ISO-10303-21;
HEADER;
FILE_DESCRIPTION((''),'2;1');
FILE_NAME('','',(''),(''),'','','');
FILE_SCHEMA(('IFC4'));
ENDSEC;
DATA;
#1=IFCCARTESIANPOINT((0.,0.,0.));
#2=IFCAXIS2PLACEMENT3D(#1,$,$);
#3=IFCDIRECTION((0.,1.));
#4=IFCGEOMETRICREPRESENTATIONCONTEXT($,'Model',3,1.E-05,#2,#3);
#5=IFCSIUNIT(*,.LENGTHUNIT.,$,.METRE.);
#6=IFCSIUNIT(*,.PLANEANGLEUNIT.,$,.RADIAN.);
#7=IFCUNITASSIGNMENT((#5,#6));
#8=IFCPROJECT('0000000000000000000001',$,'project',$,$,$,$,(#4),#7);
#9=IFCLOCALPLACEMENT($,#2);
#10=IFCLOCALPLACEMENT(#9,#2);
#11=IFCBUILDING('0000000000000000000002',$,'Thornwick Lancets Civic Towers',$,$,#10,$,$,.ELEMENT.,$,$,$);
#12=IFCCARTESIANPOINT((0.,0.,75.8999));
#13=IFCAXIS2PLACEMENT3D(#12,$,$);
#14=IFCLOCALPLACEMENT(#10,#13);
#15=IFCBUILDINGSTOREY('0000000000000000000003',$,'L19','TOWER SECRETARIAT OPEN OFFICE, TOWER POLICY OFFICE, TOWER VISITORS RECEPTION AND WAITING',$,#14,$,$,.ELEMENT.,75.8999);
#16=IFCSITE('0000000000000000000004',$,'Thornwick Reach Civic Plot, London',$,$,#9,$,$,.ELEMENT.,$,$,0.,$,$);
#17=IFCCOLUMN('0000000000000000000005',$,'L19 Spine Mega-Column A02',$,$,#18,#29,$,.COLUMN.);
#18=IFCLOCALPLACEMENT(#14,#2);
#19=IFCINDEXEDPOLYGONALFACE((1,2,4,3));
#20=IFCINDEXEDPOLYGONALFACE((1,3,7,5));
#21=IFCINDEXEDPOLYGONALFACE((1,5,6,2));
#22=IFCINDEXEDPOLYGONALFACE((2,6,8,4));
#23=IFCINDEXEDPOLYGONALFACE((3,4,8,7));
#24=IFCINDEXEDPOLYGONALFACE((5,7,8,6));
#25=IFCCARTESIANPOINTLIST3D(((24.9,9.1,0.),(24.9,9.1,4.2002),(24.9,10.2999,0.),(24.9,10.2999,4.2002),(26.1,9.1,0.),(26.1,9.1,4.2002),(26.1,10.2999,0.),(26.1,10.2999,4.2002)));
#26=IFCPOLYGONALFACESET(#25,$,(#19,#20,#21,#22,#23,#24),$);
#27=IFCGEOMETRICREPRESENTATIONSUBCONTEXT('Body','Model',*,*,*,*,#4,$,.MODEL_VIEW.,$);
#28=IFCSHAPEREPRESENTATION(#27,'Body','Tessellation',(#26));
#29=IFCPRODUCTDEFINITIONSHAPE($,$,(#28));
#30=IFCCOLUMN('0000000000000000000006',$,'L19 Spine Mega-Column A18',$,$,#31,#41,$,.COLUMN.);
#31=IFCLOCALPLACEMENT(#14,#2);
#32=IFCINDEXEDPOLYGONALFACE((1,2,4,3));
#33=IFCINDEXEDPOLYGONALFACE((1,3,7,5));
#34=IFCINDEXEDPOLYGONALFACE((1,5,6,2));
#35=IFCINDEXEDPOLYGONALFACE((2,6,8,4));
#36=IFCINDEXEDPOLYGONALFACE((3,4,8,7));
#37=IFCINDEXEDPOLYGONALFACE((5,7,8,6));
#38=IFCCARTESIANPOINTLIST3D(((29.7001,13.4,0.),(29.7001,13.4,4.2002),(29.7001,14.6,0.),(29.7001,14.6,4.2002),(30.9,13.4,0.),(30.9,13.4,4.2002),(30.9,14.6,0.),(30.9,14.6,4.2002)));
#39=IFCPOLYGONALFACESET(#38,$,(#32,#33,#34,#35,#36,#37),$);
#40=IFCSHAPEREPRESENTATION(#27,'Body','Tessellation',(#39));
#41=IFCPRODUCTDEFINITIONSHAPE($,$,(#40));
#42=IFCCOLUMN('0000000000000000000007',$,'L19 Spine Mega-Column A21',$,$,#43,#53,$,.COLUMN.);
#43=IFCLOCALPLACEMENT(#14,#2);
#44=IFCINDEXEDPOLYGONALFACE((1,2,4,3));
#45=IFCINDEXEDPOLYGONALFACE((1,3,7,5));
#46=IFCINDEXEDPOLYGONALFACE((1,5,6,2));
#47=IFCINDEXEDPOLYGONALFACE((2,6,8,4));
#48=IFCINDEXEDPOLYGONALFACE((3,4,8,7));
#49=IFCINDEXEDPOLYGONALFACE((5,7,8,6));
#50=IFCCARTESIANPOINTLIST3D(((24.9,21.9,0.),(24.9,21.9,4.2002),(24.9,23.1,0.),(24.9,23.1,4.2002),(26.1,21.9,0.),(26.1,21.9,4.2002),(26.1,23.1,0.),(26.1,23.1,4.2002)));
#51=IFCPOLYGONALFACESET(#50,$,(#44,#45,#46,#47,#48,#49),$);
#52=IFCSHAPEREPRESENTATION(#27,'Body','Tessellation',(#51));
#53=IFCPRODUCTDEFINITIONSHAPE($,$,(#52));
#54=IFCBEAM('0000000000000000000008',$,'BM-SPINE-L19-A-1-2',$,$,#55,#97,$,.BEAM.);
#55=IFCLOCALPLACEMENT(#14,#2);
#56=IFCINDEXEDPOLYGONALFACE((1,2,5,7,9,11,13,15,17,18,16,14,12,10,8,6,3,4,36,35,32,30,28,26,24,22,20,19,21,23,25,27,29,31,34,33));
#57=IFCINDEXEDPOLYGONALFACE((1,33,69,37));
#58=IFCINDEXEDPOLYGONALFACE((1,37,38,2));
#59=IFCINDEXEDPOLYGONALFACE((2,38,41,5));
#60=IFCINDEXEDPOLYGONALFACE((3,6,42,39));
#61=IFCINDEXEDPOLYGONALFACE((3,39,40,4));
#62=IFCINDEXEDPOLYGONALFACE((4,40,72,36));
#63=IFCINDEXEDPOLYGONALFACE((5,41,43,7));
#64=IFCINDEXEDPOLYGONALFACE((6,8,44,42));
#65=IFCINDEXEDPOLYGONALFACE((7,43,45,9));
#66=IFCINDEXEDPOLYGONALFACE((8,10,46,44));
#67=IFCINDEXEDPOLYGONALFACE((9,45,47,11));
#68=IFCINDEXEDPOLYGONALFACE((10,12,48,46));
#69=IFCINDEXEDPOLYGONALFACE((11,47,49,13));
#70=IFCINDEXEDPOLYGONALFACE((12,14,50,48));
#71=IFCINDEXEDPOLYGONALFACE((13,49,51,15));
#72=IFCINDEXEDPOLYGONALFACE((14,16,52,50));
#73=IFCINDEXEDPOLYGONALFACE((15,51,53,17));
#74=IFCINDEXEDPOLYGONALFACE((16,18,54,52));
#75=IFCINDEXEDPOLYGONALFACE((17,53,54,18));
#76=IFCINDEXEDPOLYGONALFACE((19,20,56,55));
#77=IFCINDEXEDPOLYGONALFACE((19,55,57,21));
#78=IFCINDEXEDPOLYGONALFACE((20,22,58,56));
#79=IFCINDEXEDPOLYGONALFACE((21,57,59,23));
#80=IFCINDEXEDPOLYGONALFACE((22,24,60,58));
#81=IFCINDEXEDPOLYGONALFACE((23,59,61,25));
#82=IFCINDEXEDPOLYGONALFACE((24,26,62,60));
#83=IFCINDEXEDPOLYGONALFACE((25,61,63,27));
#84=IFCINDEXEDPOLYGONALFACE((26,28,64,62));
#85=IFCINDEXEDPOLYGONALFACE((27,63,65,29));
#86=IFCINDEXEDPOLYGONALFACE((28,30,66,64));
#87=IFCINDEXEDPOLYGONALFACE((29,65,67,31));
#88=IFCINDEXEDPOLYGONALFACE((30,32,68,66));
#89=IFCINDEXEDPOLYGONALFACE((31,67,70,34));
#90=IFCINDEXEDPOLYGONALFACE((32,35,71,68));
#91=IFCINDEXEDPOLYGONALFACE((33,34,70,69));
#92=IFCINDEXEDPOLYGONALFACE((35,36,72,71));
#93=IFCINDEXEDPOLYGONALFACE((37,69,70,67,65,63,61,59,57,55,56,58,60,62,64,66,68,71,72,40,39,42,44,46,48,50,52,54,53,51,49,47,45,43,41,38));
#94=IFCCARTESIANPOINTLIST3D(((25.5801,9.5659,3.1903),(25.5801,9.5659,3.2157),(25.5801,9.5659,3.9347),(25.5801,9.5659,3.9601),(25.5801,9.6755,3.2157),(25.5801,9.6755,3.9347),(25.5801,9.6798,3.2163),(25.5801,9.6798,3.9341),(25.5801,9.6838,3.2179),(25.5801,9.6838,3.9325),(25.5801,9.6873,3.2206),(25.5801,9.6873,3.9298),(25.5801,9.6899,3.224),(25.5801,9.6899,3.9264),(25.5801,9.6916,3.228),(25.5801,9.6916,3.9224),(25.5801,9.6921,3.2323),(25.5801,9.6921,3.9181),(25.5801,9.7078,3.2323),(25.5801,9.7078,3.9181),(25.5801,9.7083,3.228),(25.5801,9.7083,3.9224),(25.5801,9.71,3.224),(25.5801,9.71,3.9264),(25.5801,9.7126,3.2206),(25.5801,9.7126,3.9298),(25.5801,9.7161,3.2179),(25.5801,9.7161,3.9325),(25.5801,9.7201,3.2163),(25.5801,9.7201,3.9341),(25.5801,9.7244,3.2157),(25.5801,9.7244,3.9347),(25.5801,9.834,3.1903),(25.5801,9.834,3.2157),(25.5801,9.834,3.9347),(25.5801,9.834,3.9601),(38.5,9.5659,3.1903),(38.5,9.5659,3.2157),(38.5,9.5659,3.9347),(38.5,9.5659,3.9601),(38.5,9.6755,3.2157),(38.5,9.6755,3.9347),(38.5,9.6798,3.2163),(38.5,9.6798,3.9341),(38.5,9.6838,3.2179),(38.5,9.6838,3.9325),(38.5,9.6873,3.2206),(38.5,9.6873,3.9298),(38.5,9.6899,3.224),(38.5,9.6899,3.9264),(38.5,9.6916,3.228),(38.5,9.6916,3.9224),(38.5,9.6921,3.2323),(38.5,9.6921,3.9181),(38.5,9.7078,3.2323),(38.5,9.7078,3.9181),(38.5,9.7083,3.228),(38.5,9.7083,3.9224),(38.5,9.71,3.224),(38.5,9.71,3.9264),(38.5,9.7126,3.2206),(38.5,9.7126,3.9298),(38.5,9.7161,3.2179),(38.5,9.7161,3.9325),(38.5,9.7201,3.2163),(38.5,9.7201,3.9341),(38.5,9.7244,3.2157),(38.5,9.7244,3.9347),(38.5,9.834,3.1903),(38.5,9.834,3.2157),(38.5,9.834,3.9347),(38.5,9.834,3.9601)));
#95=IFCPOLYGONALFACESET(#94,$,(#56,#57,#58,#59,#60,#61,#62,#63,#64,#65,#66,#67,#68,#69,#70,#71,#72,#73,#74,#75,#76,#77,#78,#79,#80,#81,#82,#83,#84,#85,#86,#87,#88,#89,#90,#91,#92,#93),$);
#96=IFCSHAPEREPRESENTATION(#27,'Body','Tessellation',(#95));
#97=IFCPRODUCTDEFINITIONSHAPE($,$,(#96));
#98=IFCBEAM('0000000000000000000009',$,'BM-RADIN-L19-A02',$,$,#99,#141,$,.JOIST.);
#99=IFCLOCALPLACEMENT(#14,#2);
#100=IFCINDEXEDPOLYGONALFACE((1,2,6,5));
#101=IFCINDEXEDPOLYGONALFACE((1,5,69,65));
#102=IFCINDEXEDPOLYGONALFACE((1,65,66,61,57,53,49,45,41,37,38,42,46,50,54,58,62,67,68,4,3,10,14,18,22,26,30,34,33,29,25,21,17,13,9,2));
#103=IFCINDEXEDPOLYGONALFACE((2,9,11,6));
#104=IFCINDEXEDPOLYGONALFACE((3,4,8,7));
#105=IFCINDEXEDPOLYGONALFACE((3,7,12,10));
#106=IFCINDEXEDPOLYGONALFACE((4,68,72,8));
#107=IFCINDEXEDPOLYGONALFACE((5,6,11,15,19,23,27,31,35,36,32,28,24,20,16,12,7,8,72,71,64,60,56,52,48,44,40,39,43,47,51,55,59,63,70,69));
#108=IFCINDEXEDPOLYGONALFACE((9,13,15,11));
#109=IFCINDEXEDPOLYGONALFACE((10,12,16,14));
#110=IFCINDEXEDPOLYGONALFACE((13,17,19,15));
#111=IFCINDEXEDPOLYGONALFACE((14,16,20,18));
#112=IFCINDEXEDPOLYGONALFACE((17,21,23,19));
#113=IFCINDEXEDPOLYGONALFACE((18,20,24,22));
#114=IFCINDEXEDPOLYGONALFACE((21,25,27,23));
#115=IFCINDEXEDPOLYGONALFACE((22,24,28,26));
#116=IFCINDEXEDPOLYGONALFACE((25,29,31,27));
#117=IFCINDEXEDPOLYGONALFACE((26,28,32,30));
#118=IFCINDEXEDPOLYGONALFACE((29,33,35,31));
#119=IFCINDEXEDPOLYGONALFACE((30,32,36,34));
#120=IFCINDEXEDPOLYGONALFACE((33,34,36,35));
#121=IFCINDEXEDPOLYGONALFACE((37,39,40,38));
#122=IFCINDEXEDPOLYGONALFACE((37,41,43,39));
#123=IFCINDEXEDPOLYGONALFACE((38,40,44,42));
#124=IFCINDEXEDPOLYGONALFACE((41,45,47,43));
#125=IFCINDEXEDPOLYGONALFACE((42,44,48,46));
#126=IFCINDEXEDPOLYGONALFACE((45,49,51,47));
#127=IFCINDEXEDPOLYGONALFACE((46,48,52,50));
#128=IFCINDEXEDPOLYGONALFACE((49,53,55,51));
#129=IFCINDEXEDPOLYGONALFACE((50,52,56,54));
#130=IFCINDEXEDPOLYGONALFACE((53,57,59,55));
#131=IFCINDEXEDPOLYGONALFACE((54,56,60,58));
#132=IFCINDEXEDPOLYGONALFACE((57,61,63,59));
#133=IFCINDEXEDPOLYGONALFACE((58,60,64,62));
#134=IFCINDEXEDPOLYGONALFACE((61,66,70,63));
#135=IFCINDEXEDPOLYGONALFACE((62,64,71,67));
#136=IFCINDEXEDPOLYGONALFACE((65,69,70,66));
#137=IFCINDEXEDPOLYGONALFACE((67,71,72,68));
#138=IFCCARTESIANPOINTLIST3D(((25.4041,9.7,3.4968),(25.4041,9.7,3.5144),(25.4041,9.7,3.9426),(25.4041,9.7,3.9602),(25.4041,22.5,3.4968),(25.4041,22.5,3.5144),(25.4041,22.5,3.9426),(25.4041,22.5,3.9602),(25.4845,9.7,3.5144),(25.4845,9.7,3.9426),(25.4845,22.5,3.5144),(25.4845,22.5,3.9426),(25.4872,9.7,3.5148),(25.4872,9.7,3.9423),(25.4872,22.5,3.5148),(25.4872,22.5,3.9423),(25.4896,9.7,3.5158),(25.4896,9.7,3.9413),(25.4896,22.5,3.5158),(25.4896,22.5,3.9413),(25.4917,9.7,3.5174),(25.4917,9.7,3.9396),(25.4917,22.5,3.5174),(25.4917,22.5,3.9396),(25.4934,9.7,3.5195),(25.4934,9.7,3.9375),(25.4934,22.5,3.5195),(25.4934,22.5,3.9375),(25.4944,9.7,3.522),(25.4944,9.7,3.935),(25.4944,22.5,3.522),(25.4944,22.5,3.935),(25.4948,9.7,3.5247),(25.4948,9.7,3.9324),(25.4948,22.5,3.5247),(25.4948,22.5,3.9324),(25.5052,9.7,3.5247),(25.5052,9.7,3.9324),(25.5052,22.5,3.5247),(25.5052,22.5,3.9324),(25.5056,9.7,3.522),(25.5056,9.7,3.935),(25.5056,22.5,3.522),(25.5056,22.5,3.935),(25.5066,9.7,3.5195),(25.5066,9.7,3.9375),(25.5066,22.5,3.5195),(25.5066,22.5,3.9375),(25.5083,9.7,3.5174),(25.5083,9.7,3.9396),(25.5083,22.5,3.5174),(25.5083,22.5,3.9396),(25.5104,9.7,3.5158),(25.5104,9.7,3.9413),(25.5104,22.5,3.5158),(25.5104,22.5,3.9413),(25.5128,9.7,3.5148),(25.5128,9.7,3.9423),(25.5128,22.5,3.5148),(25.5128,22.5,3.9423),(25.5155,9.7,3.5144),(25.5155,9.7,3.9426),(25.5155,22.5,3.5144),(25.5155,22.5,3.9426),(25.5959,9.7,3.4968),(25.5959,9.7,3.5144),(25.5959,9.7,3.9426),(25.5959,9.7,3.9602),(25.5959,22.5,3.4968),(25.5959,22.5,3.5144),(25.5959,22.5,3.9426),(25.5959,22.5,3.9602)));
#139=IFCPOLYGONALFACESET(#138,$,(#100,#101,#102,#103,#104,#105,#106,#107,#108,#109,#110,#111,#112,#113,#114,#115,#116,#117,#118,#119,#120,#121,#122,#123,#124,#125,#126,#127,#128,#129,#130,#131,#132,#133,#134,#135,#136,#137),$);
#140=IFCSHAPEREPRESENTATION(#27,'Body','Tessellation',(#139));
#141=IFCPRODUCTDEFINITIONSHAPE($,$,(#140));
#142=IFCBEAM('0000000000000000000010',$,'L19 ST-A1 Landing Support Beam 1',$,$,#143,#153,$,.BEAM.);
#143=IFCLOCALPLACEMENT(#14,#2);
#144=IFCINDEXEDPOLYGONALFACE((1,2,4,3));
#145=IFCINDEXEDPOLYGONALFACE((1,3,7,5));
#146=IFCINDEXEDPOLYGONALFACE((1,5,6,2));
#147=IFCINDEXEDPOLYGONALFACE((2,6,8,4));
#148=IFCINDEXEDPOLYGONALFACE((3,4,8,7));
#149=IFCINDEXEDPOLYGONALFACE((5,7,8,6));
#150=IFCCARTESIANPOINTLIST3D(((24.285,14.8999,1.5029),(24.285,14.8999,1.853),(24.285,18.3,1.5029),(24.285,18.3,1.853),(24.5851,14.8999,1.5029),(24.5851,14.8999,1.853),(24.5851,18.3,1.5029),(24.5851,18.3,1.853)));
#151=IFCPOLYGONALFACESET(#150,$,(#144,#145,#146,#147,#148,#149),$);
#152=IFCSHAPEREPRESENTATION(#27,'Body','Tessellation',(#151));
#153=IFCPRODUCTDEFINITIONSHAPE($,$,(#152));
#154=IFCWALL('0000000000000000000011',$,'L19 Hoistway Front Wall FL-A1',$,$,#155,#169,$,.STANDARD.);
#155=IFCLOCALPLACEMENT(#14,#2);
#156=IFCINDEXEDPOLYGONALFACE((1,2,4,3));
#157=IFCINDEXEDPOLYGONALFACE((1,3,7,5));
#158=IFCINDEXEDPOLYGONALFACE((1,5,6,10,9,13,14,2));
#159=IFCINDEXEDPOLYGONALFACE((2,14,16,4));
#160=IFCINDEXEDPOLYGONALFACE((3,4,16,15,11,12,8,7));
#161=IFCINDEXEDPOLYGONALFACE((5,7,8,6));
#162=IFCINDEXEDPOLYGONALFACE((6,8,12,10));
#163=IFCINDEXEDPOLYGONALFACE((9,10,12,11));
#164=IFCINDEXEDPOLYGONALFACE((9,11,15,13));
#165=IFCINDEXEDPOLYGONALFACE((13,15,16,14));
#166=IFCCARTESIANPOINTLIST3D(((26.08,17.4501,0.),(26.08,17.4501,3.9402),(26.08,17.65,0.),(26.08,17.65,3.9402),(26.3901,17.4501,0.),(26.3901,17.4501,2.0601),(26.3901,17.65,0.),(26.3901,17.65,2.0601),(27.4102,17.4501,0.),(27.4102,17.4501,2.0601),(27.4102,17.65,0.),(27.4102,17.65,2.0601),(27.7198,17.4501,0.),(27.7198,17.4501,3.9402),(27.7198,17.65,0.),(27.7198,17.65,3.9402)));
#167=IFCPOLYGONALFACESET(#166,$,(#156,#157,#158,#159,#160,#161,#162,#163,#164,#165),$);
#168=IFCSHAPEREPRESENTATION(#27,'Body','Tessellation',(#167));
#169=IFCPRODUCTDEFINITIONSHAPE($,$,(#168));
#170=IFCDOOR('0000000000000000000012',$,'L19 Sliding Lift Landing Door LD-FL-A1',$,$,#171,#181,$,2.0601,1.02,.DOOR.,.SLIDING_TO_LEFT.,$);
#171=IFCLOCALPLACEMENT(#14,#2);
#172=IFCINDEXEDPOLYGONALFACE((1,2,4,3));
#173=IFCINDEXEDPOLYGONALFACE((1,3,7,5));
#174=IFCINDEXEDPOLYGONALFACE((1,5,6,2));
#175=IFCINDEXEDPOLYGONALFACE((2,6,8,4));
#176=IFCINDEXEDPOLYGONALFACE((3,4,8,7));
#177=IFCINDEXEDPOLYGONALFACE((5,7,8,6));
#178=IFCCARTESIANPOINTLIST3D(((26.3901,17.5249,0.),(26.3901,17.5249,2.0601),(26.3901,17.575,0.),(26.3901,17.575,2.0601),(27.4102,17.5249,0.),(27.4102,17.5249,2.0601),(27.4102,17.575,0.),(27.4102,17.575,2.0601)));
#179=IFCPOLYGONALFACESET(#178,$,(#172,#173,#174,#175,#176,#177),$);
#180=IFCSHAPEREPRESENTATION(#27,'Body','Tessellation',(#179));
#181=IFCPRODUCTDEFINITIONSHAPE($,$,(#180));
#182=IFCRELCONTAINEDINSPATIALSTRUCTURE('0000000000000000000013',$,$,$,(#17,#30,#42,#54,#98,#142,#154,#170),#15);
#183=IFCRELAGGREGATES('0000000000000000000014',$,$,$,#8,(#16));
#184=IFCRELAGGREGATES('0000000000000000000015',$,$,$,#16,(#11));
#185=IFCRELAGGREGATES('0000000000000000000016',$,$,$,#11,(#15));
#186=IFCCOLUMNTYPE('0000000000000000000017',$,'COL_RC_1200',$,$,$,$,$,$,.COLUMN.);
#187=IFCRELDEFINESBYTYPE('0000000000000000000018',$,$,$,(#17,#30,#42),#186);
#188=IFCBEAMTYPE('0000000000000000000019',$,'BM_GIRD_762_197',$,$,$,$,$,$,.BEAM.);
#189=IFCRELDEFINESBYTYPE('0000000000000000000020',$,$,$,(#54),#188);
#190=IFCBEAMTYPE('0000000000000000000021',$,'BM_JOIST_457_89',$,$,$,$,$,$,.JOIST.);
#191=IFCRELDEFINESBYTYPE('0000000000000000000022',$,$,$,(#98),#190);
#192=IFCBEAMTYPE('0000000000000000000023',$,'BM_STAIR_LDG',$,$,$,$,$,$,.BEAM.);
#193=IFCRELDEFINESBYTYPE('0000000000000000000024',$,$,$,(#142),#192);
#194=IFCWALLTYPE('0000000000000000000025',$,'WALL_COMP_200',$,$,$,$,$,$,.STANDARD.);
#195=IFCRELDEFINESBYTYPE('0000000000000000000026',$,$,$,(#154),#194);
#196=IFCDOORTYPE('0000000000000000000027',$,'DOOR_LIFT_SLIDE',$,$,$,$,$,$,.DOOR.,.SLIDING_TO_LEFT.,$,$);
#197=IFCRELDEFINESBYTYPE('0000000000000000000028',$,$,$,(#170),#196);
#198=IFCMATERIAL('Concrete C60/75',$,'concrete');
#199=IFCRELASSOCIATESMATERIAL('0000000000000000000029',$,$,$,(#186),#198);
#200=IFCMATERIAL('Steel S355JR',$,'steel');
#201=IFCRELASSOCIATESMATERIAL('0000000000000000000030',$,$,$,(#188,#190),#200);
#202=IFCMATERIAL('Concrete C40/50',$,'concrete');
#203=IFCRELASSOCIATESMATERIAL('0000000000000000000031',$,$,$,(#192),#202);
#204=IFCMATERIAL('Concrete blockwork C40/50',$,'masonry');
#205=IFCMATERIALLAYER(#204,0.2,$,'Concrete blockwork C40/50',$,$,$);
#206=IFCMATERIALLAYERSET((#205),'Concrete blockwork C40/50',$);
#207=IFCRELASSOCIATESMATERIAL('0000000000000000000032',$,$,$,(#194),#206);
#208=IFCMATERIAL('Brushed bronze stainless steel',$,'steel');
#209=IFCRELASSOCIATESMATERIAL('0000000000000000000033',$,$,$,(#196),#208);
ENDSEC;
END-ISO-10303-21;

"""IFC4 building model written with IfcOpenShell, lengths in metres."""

from ifc_helpers import new_model, si_unit, direction, frame, frame_2d, origin, origin_2d, place, context, subcontext, project, spatial, rectangle, i_section, extrude, material, layer, layer_set, material_profile, profile_set, type_object, element, fill, save


model = new_model("IFC4")

# Units and contexts
model_context = context("Model", 3, precision=1e-05, world=origin(), true_north=direction((0.0, 1.0)))
body_context = subcontext(model_context, "Body", "Model", "MODEL_VIEW")
ifc_project = project(units=[si_unit("LENGTHUNIT", "METRE"), si_unit("PLANEANGLEUNIT", "RADIAN")], contexts=[model_context])

# Site, building, storey
site_placement = place(None, origin())
site = spatial("IfcSite", under=ifc_project, at=site_placement, Name="Thornwick Reach Civic Plot, London", CompositionType="ELEMENT", RefElevation=0.0)
building_placement = place(site_placement, origin())
building = spatial("IfcBuilding", under=site, at=building_placement, Name="Thornwick Lancets Civic Towers", CompositionType="ELEMENT")
storey_placement = place(building_placement, frame((0.0, 0.0, 75.8999)))
storey = spatial("IfcBuildingStorey", under=building, at=storey_placement, Name="L19", Description="TOWER SECRETARIAT OPEN OFFICE, TOWER POLICY OFFICE, TOWER VISITORS RECEPTION AND WAITING", CompositionType="ELEMENT", Elevation=75.8999)

# Columns
ifc_material_1 = material(Name="Concrete C60/75", Category="concrete")
ifc_material_profile_1 = material_profile(ifc_material_1, rectangle(XDim=1.2, YDim=1.2, at=origin_2d()), Name="RC 1200x1200")
ifc_profile_set_1 = profile_set([ifc_material_profile_1], Name="Concrete C60/75")
column_type = type_object("IfcColumnType", Name="COL_RC_1200", PredefinedType="COLUMN", material=ifc_profile_set_1)
for number, where, z_axis, x_axis, name in (
    (1, (25.5, 9.7, 0.0), (0.0, 0.0, 1.0), (1.0, 0.0, 0.0), "L19 Spine Mega-Column A02"),
    (2, (30.3, 14.0, 0.0), (0.0, 0.0, 1.0), (1.0, 0.0, 0.0), "L19 Spine Mega-Column A18"),
    (3, (25.5, 22.5, 0.0), (0.0, 0.0, 1.0), (1.0, 0.0, 0.0), "L19 Spine Mega-Column A21"),
):
    element("IfcColumn", number, at=place(storey_placement, frame(where, z_axis=z_axis, x_axis=x_axis)), inside=storey, type_object=column_type, Name=name, PredefinedType="COLUMN", context=body_context, shape_type="SweptSolid", body=[
        extrude(rectangle(XDim=1.2, YDim=1.2, at=origin_2d()), origin(), (0.0, 0.0, 1.0), 4.2002),
    ])

# Beams
ifc_material_2 = material(Name="Steel S355JR", Category="steel")
ifc_material_profile_2 = material_profile(ifc_material_2, i_section(OverallWidth=0.2681, OverallDepth=0.7698, WebThickness=0.0156, FlangeThickness=0.0254, FilletRadius=0.0166, at=origin_2d()), Name="UKB 762x267x197")
ifc_profile_set_2 = profile_set([ifc_material_profile_2], Name="Steel S355JR")
beam_type_1 = type_object("IfcBeamType", Name="BM_GIRD_762_197", PredefinedType="BEAM", material=ifc_profile_set_2)
beam_1_placement = place(storey_placement, frame((25.5801, 9.7, 3.5752), z_axis=(1.0, 0.0, 0.0), x_axis=(0.0, 1.0, 0.0)))
element("IfcBeam", 4, at=beam_1_placement, inside=storey, type_object=beam_type_1, Name="BM-SPINE-L19-A-1-2", PredefinedType="BEAM", context=body_context, shape_type="SweptSolid", body=[
    extrude(i_section(OverallWidth=0.2681, OverallDepth=0.7698, WebThickness=0.0156, FlangeThickness=0.0254, FilletRadius=0.0166, at=origin_2d()), origin(), (0.0, 0.0, 1.0), 12.9199),
])
ifc_material_profile_3 = material_profile(ifc_material_2, i_section(OverallWidth=0.1919, OverallDepth=0.4634, WebThickness=0.0105, FlangeThickness=0.0176, FilletRadius=0.0103, at=origin_2d()), Name="UKB 457x191x89")
ifc_profile_set_3 = profile_set([ifc_material_profile_3], Name="Steel S355JR")
beam_type_2 = type_object("IfcBeamType", Name="BM_JOIST_457_89", PredefinedType="JOIST", material=ifc_profile_set_3)
beam_2_placement = place(storey_placement, frame((25.5, 22.5, 3.7285), z_axis=(0.0, -1.0, 0.0), x_axis=(1.0, 0.0, 0.0)))
element("IfcBeam", 5, at=beam_2_placement, inside=storey, type_object=beam_type_2, Name="BM-RADIN-L19-A02", PredefinedType="JOIST", context=body_context, shape_type="SweptSolid", body=[
    extrude(i_section(OverallWidth=0.1919, OverallDepth=0.4634, WebThickness=0.0105, FlangeThickness=0.0176, FilletRadius=0.0103, at=origin_2d()), origin(), (0.0, 0.0, 1.0), 12.8),
])
ifc_material_3 = material(Name="Concrete C40/50", Category="concrete")
ifc_material_profile_4 = material_profile(ifc_material_3, rectangle(XDim=0.3, YDim=0.3501, at=origin_2d()), Name="RC 300x350")
ifc_profile_set_4 = profile_set([ifc_material_profile_4], Name="Concrete C40/50")
beam_type_3 = type_object("IfcBeamType", Name="BM_STAIR_LDG", PredefinedType="BEAM", material=ifc_profile_set_4)
beam_3_placement = place(storey_placement, frame((24.4351, 14.8999, 1.678), z_axis=(0.0, 1.0, 0.0), x_axis=(-1.0, 0.0, 0.0)))
element("IfcBeam", 6, at=beam_3_placement, inside=storey, type_object=beam_type_3, Name="L19 ST-A1 Landing Support Beam 1", PredefinedType="BEAM", context=body_context, shape_type="SweptSolid", body=[
    extrude(rectangle(XDim=0.3, YDim=0.3501, at=origin_2d()), origin(), (0.0, 0.0, 1.0), 3.4001),
])

# Wall, opening, door
ifc_material_4 = material(Name="Concrete blockwork C40/50", Category="masonry")
ifc_layer_1 = layer(ifc_material_4, 0.2, Name="Concrete blockwork C40/50")
ifc_layer_set_1 = layer_set([ifc_layer_1], Name="Concrete blockwork C40/50")
wall_type_1 = type_object("IfcWallType", Name="WALL_COMP_200", PredefinedType="STANDARD", material=ifc_layer_set_1)
wall_1_placement = place(storey_placement, frame((26.0801, 17.55, 0.0), z_axis=(0.0, 0.0, 1.0), x_axis=(1.0, 0.0, 0.0)))
wall_1 = element("IfcWall", 7, at=wall_1_placement, inside=storey, type_object=wall_type_1, Name="L19 Hoistway Front Wall FL-A1", PredefinedType="STANDARD", context=body_context, shape_type="SweptSolid", body=[
    extrude(rectangle(XDim=1.6399, YDim=0.2, at=frame_2d((0.8198, 0.0))), origin(), (0.0, 0.0, 1.0), 3.9402),
])
opening_1_placement = place(wall_1_placement, frame((0.3101, 0.0, 0.0)))
opening_1 = element("IfcOpeningElement", 8, at=opening_1_placement, cuts=wall_1, PredefinedType="OPENING", context=body_context, shape_type="SweptSolid", body=[
    extrude(rectangle(XDim=1.02, YDim=2.0601, at=frame_2d((0.51, 1.03))), frame((0.0, 0.1099, 0.0), z_axis=(0.0, -1.0, 0.0), x_axis=(1.0, 0.0, 0.0)), (0.0, 0.0, 1.0), 0.22),
])
ifc_material_5 = material(Name="Brushed bronze stainless steel", Category="steel")
door_type_1 = type_object("IfcDoorType", Name="DOOR_LIFT_SLIDE", OperationType="SLIDING_TO_LEFT", PredefinedType="DOOR", material=ifc_material_5)
door_1_placement = place(opening_1_placement, origin())
door_1 = element("IfcDoor", 9, at=door_1_placement, inside=storey, type_object=door_type_1, Name="L19 Sliding Lift Landing Door LD-FL-A1", OperationType="SLIDING_TO_LEFT", OverallHeight=2.0601, OverallWidth=1.02, PredefinedType="DOOR", context=body_context, shape_type="SweptSolid", body=[
    extrude(rectangle(XDim=1.02, YDim=2.0601, at=frame_2d((0.51, 1.03))), frame((0.0, 0.0249, 0.0), z_axis=(0.0, -1.0, 0.0), x_axis=(1.0, 0.0, 0.0)), (0.0, 0.0, 1.0), 0.05),
])
fill(opening_1, door_1)

save(model, "model.ifc")
